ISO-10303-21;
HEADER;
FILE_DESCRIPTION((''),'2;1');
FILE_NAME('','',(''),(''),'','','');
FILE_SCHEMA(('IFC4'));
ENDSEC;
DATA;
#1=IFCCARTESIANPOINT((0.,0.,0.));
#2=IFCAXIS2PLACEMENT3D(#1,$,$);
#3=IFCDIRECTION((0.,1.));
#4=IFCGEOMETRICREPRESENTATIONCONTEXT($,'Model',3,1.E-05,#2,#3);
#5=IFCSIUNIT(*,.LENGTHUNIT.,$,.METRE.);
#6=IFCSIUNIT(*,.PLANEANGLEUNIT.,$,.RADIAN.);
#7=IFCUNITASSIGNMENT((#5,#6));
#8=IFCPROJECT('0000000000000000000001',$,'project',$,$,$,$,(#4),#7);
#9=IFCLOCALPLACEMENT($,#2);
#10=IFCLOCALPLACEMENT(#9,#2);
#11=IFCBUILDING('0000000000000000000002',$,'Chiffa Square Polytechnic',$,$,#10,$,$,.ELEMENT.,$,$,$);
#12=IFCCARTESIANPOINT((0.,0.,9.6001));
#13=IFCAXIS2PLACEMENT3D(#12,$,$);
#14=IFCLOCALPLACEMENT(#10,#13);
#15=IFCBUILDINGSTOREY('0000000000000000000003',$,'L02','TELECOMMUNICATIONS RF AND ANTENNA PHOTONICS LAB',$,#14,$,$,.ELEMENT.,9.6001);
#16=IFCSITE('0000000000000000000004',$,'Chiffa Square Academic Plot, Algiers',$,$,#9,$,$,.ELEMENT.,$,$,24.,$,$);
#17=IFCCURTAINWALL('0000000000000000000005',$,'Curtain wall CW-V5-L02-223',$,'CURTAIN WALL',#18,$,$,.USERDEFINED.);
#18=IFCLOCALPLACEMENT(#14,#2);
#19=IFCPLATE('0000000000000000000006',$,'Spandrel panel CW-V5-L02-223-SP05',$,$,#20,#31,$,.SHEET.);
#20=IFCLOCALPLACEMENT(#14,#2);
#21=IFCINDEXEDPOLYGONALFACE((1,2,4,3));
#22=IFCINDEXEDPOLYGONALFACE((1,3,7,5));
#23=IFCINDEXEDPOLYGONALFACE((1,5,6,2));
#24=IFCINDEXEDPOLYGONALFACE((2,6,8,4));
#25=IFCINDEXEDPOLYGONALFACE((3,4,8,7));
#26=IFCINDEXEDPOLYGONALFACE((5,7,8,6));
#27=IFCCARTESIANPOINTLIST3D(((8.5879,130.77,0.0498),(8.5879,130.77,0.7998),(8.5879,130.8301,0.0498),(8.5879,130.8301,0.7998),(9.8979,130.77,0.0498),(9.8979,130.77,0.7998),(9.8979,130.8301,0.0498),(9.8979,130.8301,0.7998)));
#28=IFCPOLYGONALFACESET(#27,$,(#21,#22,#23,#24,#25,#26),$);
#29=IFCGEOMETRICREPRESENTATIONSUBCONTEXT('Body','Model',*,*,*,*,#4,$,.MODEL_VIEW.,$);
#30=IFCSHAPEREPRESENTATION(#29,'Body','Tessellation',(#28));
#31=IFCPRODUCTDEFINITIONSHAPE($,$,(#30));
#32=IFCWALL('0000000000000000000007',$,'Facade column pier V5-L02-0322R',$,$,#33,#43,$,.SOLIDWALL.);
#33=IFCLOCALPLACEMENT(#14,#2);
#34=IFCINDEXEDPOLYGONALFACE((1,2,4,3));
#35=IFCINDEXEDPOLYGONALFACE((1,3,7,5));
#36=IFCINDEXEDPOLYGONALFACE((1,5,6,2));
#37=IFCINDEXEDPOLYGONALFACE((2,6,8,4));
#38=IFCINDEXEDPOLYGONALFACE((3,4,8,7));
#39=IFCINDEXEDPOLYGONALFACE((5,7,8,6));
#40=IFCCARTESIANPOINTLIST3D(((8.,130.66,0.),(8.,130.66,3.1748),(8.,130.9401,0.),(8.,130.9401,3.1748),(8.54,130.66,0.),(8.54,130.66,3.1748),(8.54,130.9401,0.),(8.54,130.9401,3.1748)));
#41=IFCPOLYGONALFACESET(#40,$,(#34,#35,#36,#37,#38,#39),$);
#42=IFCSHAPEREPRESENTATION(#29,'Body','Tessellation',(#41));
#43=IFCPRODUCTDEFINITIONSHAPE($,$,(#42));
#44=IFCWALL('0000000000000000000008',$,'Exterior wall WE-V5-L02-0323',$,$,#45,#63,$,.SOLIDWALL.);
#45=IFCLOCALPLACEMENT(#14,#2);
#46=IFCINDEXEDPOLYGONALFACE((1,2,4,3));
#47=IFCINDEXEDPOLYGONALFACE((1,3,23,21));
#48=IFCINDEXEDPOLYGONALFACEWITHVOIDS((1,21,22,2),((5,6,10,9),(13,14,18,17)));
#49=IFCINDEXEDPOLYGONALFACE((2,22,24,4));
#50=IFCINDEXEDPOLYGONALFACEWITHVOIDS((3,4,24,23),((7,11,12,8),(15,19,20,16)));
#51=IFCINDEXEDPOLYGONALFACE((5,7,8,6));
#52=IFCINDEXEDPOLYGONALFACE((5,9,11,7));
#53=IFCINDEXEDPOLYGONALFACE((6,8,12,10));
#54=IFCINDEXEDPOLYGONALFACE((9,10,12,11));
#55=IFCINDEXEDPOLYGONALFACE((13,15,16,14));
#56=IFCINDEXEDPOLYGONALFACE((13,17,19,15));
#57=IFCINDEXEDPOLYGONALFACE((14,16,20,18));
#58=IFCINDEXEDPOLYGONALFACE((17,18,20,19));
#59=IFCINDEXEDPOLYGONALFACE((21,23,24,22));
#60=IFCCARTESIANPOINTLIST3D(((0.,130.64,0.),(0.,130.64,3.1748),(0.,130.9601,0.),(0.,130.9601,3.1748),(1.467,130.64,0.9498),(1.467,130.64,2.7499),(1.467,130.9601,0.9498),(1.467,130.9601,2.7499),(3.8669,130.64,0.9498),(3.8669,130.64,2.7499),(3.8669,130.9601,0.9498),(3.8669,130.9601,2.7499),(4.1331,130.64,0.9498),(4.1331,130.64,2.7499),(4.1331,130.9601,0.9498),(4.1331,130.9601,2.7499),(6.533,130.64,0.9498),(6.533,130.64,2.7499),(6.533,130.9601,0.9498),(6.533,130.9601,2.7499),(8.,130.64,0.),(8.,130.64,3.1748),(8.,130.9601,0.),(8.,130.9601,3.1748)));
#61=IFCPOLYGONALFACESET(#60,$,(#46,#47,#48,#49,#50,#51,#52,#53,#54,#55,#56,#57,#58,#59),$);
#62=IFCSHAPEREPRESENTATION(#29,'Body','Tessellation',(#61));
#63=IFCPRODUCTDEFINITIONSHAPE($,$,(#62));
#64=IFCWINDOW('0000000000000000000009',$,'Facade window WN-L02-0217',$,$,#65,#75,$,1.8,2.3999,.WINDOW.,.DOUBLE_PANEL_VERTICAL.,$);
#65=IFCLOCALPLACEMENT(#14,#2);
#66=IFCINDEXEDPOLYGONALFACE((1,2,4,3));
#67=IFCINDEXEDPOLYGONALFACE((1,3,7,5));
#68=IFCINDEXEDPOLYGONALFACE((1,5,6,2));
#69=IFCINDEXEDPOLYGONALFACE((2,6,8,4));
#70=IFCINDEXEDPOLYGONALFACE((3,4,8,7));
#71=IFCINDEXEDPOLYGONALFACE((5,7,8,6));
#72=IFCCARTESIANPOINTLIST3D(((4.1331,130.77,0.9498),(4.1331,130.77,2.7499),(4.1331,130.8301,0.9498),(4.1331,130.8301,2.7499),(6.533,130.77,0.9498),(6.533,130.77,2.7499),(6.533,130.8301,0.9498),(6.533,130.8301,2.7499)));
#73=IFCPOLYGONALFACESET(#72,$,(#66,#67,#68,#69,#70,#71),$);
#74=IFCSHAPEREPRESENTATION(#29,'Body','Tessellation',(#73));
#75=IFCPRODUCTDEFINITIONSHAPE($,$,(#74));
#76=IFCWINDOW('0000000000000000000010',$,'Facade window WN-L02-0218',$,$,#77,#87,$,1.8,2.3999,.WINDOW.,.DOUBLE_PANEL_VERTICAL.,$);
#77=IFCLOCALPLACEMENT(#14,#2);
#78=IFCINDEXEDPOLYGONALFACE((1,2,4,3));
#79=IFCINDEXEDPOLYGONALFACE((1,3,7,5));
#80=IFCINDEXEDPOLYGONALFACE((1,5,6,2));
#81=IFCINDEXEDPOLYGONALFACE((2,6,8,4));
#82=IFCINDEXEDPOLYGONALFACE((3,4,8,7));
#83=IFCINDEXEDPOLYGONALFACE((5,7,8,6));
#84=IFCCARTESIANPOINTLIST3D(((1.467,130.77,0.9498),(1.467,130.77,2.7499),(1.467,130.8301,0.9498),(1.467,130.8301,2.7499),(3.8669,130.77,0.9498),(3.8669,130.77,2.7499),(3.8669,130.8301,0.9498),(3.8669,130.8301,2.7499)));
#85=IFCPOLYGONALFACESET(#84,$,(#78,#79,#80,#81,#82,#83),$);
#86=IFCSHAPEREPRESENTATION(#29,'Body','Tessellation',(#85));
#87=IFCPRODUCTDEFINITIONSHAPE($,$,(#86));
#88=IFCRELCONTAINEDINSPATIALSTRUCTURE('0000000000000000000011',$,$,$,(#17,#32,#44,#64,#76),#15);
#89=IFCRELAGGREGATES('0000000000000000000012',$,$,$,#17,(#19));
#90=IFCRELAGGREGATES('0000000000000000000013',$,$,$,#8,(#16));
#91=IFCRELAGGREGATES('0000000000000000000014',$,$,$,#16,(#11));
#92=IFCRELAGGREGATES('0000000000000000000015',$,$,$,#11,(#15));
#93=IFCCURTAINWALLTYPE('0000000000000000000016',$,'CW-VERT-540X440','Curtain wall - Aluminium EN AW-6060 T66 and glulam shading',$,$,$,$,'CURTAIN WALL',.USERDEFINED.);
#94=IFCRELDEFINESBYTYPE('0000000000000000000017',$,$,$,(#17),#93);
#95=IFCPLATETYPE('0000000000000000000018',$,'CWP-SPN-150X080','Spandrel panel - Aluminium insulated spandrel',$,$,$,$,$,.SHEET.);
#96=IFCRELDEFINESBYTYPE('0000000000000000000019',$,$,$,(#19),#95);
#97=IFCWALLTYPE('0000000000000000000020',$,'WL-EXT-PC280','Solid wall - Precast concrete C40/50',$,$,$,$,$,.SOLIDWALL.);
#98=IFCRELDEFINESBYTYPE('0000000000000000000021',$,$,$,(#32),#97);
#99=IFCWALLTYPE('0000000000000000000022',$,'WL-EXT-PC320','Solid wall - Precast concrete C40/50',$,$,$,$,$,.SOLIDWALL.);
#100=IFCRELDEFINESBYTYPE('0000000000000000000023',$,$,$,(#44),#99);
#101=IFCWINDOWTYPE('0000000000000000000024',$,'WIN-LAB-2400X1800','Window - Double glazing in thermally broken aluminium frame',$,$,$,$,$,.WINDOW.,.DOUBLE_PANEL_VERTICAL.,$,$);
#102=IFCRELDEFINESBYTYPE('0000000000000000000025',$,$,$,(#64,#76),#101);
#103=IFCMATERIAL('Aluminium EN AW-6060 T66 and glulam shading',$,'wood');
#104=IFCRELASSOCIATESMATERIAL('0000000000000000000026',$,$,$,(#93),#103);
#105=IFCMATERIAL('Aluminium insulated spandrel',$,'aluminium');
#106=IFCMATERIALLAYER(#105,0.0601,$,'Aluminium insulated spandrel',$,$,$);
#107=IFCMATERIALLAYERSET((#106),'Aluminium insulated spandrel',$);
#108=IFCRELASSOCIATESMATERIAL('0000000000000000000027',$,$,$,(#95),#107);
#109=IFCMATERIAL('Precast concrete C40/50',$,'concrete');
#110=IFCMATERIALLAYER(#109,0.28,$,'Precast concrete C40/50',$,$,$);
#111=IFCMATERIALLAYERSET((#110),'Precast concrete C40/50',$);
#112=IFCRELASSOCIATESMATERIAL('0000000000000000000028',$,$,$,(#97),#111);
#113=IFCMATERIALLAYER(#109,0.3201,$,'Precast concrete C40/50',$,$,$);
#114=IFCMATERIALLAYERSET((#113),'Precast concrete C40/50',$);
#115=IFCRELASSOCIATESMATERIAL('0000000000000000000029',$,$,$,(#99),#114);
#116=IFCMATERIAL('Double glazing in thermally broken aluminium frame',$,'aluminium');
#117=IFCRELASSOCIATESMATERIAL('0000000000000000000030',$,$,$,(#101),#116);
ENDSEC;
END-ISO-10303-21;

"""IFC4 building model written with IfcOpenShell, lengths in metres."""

from ifc_helpers import new_model, si_unit, direction, frame, frame_2d, origin, origin_2d, place, context, subcontext, project, spatial, rectangle, extrude, material, layer, layer_set, type_object, element, fill, aggregate, save


model = new_model("IFC4")

# Units and contexts
model_context = context("Model", 3, precision=1e-05, world=origin(), true_north=direction((0.0, 1.0)))
body_context = subcontext(model_context, "Body", "Model", "MODEL_VIEW")
ifc_project = project(units=[si_unit("LENGTHUNIT", "METRE"), si_unit("PLANEANGLEUNIT", "RADIAN")], contexts=[model_context])

# Site, building, storey
site_placement = place(None, origin())
site = spatial("IfcSite", under=ifc_project, at=site_placement, Name="Chiffa Square Academic Plot, Algiers", CompositionType="ELEMENT", RefElevation=24.0)
building_placement = place(site_placement, origin())
building = spatial("IfcBuilding", under=site, at=building_placement, Name="Chiffa Square Polytechnic", CompositionType="ELEMENT")
storey_placement = place(building_placement, frame((0.0, 0.0, 9.6001)))
storey = spatial("IfcBuildingStorey", under=building, at=storey_placement, Name="L02", Description="TELECOMMUNICATIONS RF AND ANTENNA PHOTONICS LAB", CompositionType="ELEMENT", Elevation=9.6001)

# Curtain wall, plate
ifc_material_1 = material(Name="Aluminium EN AW-6060 T66 and glulam shading", Category="wood")
curtain_wall_type = type_object("IfcCurtainWallType", Name="CW-VERT-540X440", Description="Curtain wall - Aluminium EN AW-6060 T66 and glulam shading", ElementType="CURTAIN WALL", PredefinedType="USERDEFINED", material=ifc_material_1)
curtain_wall_placement = place(storey_placement, origin())
curtain_wall = element("IfcCurtainWall", 1, at=curtain_wall_placement, inside=storey, type_object=curtain_wall_type, Name="Curtain wall CW-V5-L02-223", ObjectType="CURTAIN WALL", PredefinedType="USERDEFINED")
ifc_material_2 = material(Name="Aluminium insulated spandrel", Category="aluminium")
ifc_layer_1 = layer(ifc_material_2, 0.0601, Name="Aluminium insulated spandrel")
ifc_layer_set_1 = layer_set([ifc_layer_1], Name="Aluminium insulated spandrel")
plate_type_1 = type_object("IfcPlateType", Name="CWP-SPN-150X080", Description="Spandrel panel - Aluminium insulated spandrel", PredefinedType="SHEET", material=ifc_layer_set_1)
plate_1_placement = place(storey_placement, frame((9.2429, 130.8, 0.0498), z_axis=(0.0, 0.0, 1.0), x_axis=(-1.0, 0.0, 0.0)))
plate_1 = element("IfcPlate", 2, at=plate_1_placement, type_object=plate_type_1, Name="Spandrel panel CW-V5-L02-223-SP05", PredefinedType="SHEET", context=body_context, shape_type="SweptSolid", body=[
    extrude(rectangle(XDim=1.3101, YDim=0.0601, at=origin_2d()), origin(), (0.0, 0.0, 1.0), 0.75),
])
aggregate(curtain_wall, [plate_1])

# Wall
ifc_material_3 = material(Name="Precast concrete C40/50", Category="concrete")
ifc_layer_2 = layer(ifc_material_3, 0.28, Name="Precast concrete C40/50")
ifc_layer_set_2 = layer_set([ifc_layer_2], Name="Precast concrete C40/50")
wall_type_1 = type_object("IfcWallType", Name="WL-EXT-PC280", Description="Solid wall - Precast concrete C40/50", PredefinedType="SOLIDWALL", material=ifc_layer_set_2)
wall_1_placement = place(storey_placement, frame((8.54, 130.8, 0.0), z_axis=(0.0, 0.0, 1.0), x_axis=(-1.0, 0.0, 0.0)))
element("IfcWall", 3, at=wall_1_placement, inside=storey, type_object=wall_type_1, Name="Facade column pier V5-L02-0322R", PredefinedType="SOLIDWALL", context=body_context, shape_type="SweptSolid", body=[
    extrude(rectangle(XDim=0.54, YDim=0.28, at=frame_2d((0.27, 0.0))), origin(), (0.0, 0.0, 1.0), 3.1748),
])

# Wall, openings, windows
ifc_layer_3 = layer(ifc_material_3, 0.3201, Name="Precast concrete C40/50")
ifc_layer_set_3 = layer_set([ifc_layer_3], Name="Precast concrete C40/50")
wall_type_2 = type_object("IfcWallType", Name="WL-EXT-PC320", Description="Solid wall - Precast concrete C40/50", PredefinedType="SOLIDWALL", material=ifc_layer_set_3)
wall_2_placement = place(storey_placement, frame((8.0, 130.8, 0.0), z_axis=(0.0, 0.0, 1.0), x_axis=(-1.0, 0.0, 0.0)))
wall_2 = element("IfcWall", 4, at=wall_2_placement, inside=storey, type_object=wall_type_2, Name="Exterior wall WE-V5-L02-0323", PredefinedType="SOLIDWALL", context=body_context, shape_type="SweptSolid", body=[
    extrude(rectangle(XDim=8.0, YDim=0.3201, at=frame_2d((4.0, 0.0))), origin(), (0.0, 0.0, 1.0), 3.1748),
])
opening_1_placement = place(wall_2_placement, frame((1.467, 0.0, 0.95)))
opening_1 = element("IfcOpeningElement", 5, at=opening_1_placement, cuts=wall_2, PredefinedType="OPENING", context=body_context, shape_type="SweptSolid", body=[
    extrude(rectangle(XDim=2.3999, YDim=1.8, at=frame_2d((1.2, 0.8999))), frame((0.0, 0.1699, 0.0), z_axis=(0.0, -1.0, 0.0), x_axis=(1.0, 0.0, 0.0)), (0.0, 0.0, 1.0), 0.3401),
])
opening_2_placement = place(wall_2_placement, frame((4.1331, 0.0, 0.95)))
opening_2 = element("IfcOpeningElement", 6, at=opening_2_placement, cuts=wall_2, PredefinedType="OPENING", context=body_context, shape_type="SweptSolid", body=[
    extrude(rectangle(XDim=2.3999, YDim=1.8, at=frame_2d((1.2, 0.8999))), frame((0.0, 0.1699, 0.0), z_axis=(0.0, -1.0, 0.0), x_axis=(1.0, 0.0, 0.0)), (0.0, 0.0, 1.0), 0.3401),
])
ifc_material_4 = material(Name="Double glazing in thermally broken aluminium frame", Category="aluminium")
window_type = type_object("IfcWindowType", Name="WIN-LAB-2400X1800", Description="Window - Double glazing in thermally broken aluminium frame", PartitioningType="DOUBLE_PANEL_VERTICAL", PredefinedType="WINDOW", material=ifc_material_4)
window_1_placement = place(opening_1_placement, origin())
window_1 = element("IfcWindow", 7, at=window_1_placement, inside=storey, type_object=window_type, Name="Facade window WN-L02-0217", OverallHeight=1.8, OverallWidth=2.3999, PartitioningType="DOUBLE_PANEL_VERTICAL", PredefinedType="WINDOW", context=body_context, shape_type="SweptSolid", body=[
    extrude(rectangle(XDim=2.3999, YDim=1.8, at=frame_2d((1.2, 0.8999))), frame((0.0, 0.03, 0.0), z_axis=(0.0, -1.0, 0.0), x_axis=(1.0, 0.0, 0.0)), (0.0, 0.0, 1.0), 0.0601),
])
fill(opening_1, window_1)
window_2_placement = place(opening_2_placement, origin())
window_2 = element("IfcWindow", 8, at=window_2_placement, inside=storey, type_object=window_type, Name="Facade window WN-L02-0218", OverallHeight=1.8, OverallWidth=2.3999, PartitioningType="DOUBLE_PANEL_VERTICAL", PredefinedType="WINDOW", context=body_context, shape_type="SweptSolid", body=[
    extrude(rectangle(XDim=2.3999, YDim=1.8, at=frame_2d((1.2, 0.8999))), frame((0.0, 0.03, 0.0), z_axis=(0.0, -1.0, 0.0), x_axis=(1.0, 0.0, 0.0)), (0.0, 0.0, 1.0), 0.0601),
])
fill(opening_2, window_2)

save(model, "model.ifc")
